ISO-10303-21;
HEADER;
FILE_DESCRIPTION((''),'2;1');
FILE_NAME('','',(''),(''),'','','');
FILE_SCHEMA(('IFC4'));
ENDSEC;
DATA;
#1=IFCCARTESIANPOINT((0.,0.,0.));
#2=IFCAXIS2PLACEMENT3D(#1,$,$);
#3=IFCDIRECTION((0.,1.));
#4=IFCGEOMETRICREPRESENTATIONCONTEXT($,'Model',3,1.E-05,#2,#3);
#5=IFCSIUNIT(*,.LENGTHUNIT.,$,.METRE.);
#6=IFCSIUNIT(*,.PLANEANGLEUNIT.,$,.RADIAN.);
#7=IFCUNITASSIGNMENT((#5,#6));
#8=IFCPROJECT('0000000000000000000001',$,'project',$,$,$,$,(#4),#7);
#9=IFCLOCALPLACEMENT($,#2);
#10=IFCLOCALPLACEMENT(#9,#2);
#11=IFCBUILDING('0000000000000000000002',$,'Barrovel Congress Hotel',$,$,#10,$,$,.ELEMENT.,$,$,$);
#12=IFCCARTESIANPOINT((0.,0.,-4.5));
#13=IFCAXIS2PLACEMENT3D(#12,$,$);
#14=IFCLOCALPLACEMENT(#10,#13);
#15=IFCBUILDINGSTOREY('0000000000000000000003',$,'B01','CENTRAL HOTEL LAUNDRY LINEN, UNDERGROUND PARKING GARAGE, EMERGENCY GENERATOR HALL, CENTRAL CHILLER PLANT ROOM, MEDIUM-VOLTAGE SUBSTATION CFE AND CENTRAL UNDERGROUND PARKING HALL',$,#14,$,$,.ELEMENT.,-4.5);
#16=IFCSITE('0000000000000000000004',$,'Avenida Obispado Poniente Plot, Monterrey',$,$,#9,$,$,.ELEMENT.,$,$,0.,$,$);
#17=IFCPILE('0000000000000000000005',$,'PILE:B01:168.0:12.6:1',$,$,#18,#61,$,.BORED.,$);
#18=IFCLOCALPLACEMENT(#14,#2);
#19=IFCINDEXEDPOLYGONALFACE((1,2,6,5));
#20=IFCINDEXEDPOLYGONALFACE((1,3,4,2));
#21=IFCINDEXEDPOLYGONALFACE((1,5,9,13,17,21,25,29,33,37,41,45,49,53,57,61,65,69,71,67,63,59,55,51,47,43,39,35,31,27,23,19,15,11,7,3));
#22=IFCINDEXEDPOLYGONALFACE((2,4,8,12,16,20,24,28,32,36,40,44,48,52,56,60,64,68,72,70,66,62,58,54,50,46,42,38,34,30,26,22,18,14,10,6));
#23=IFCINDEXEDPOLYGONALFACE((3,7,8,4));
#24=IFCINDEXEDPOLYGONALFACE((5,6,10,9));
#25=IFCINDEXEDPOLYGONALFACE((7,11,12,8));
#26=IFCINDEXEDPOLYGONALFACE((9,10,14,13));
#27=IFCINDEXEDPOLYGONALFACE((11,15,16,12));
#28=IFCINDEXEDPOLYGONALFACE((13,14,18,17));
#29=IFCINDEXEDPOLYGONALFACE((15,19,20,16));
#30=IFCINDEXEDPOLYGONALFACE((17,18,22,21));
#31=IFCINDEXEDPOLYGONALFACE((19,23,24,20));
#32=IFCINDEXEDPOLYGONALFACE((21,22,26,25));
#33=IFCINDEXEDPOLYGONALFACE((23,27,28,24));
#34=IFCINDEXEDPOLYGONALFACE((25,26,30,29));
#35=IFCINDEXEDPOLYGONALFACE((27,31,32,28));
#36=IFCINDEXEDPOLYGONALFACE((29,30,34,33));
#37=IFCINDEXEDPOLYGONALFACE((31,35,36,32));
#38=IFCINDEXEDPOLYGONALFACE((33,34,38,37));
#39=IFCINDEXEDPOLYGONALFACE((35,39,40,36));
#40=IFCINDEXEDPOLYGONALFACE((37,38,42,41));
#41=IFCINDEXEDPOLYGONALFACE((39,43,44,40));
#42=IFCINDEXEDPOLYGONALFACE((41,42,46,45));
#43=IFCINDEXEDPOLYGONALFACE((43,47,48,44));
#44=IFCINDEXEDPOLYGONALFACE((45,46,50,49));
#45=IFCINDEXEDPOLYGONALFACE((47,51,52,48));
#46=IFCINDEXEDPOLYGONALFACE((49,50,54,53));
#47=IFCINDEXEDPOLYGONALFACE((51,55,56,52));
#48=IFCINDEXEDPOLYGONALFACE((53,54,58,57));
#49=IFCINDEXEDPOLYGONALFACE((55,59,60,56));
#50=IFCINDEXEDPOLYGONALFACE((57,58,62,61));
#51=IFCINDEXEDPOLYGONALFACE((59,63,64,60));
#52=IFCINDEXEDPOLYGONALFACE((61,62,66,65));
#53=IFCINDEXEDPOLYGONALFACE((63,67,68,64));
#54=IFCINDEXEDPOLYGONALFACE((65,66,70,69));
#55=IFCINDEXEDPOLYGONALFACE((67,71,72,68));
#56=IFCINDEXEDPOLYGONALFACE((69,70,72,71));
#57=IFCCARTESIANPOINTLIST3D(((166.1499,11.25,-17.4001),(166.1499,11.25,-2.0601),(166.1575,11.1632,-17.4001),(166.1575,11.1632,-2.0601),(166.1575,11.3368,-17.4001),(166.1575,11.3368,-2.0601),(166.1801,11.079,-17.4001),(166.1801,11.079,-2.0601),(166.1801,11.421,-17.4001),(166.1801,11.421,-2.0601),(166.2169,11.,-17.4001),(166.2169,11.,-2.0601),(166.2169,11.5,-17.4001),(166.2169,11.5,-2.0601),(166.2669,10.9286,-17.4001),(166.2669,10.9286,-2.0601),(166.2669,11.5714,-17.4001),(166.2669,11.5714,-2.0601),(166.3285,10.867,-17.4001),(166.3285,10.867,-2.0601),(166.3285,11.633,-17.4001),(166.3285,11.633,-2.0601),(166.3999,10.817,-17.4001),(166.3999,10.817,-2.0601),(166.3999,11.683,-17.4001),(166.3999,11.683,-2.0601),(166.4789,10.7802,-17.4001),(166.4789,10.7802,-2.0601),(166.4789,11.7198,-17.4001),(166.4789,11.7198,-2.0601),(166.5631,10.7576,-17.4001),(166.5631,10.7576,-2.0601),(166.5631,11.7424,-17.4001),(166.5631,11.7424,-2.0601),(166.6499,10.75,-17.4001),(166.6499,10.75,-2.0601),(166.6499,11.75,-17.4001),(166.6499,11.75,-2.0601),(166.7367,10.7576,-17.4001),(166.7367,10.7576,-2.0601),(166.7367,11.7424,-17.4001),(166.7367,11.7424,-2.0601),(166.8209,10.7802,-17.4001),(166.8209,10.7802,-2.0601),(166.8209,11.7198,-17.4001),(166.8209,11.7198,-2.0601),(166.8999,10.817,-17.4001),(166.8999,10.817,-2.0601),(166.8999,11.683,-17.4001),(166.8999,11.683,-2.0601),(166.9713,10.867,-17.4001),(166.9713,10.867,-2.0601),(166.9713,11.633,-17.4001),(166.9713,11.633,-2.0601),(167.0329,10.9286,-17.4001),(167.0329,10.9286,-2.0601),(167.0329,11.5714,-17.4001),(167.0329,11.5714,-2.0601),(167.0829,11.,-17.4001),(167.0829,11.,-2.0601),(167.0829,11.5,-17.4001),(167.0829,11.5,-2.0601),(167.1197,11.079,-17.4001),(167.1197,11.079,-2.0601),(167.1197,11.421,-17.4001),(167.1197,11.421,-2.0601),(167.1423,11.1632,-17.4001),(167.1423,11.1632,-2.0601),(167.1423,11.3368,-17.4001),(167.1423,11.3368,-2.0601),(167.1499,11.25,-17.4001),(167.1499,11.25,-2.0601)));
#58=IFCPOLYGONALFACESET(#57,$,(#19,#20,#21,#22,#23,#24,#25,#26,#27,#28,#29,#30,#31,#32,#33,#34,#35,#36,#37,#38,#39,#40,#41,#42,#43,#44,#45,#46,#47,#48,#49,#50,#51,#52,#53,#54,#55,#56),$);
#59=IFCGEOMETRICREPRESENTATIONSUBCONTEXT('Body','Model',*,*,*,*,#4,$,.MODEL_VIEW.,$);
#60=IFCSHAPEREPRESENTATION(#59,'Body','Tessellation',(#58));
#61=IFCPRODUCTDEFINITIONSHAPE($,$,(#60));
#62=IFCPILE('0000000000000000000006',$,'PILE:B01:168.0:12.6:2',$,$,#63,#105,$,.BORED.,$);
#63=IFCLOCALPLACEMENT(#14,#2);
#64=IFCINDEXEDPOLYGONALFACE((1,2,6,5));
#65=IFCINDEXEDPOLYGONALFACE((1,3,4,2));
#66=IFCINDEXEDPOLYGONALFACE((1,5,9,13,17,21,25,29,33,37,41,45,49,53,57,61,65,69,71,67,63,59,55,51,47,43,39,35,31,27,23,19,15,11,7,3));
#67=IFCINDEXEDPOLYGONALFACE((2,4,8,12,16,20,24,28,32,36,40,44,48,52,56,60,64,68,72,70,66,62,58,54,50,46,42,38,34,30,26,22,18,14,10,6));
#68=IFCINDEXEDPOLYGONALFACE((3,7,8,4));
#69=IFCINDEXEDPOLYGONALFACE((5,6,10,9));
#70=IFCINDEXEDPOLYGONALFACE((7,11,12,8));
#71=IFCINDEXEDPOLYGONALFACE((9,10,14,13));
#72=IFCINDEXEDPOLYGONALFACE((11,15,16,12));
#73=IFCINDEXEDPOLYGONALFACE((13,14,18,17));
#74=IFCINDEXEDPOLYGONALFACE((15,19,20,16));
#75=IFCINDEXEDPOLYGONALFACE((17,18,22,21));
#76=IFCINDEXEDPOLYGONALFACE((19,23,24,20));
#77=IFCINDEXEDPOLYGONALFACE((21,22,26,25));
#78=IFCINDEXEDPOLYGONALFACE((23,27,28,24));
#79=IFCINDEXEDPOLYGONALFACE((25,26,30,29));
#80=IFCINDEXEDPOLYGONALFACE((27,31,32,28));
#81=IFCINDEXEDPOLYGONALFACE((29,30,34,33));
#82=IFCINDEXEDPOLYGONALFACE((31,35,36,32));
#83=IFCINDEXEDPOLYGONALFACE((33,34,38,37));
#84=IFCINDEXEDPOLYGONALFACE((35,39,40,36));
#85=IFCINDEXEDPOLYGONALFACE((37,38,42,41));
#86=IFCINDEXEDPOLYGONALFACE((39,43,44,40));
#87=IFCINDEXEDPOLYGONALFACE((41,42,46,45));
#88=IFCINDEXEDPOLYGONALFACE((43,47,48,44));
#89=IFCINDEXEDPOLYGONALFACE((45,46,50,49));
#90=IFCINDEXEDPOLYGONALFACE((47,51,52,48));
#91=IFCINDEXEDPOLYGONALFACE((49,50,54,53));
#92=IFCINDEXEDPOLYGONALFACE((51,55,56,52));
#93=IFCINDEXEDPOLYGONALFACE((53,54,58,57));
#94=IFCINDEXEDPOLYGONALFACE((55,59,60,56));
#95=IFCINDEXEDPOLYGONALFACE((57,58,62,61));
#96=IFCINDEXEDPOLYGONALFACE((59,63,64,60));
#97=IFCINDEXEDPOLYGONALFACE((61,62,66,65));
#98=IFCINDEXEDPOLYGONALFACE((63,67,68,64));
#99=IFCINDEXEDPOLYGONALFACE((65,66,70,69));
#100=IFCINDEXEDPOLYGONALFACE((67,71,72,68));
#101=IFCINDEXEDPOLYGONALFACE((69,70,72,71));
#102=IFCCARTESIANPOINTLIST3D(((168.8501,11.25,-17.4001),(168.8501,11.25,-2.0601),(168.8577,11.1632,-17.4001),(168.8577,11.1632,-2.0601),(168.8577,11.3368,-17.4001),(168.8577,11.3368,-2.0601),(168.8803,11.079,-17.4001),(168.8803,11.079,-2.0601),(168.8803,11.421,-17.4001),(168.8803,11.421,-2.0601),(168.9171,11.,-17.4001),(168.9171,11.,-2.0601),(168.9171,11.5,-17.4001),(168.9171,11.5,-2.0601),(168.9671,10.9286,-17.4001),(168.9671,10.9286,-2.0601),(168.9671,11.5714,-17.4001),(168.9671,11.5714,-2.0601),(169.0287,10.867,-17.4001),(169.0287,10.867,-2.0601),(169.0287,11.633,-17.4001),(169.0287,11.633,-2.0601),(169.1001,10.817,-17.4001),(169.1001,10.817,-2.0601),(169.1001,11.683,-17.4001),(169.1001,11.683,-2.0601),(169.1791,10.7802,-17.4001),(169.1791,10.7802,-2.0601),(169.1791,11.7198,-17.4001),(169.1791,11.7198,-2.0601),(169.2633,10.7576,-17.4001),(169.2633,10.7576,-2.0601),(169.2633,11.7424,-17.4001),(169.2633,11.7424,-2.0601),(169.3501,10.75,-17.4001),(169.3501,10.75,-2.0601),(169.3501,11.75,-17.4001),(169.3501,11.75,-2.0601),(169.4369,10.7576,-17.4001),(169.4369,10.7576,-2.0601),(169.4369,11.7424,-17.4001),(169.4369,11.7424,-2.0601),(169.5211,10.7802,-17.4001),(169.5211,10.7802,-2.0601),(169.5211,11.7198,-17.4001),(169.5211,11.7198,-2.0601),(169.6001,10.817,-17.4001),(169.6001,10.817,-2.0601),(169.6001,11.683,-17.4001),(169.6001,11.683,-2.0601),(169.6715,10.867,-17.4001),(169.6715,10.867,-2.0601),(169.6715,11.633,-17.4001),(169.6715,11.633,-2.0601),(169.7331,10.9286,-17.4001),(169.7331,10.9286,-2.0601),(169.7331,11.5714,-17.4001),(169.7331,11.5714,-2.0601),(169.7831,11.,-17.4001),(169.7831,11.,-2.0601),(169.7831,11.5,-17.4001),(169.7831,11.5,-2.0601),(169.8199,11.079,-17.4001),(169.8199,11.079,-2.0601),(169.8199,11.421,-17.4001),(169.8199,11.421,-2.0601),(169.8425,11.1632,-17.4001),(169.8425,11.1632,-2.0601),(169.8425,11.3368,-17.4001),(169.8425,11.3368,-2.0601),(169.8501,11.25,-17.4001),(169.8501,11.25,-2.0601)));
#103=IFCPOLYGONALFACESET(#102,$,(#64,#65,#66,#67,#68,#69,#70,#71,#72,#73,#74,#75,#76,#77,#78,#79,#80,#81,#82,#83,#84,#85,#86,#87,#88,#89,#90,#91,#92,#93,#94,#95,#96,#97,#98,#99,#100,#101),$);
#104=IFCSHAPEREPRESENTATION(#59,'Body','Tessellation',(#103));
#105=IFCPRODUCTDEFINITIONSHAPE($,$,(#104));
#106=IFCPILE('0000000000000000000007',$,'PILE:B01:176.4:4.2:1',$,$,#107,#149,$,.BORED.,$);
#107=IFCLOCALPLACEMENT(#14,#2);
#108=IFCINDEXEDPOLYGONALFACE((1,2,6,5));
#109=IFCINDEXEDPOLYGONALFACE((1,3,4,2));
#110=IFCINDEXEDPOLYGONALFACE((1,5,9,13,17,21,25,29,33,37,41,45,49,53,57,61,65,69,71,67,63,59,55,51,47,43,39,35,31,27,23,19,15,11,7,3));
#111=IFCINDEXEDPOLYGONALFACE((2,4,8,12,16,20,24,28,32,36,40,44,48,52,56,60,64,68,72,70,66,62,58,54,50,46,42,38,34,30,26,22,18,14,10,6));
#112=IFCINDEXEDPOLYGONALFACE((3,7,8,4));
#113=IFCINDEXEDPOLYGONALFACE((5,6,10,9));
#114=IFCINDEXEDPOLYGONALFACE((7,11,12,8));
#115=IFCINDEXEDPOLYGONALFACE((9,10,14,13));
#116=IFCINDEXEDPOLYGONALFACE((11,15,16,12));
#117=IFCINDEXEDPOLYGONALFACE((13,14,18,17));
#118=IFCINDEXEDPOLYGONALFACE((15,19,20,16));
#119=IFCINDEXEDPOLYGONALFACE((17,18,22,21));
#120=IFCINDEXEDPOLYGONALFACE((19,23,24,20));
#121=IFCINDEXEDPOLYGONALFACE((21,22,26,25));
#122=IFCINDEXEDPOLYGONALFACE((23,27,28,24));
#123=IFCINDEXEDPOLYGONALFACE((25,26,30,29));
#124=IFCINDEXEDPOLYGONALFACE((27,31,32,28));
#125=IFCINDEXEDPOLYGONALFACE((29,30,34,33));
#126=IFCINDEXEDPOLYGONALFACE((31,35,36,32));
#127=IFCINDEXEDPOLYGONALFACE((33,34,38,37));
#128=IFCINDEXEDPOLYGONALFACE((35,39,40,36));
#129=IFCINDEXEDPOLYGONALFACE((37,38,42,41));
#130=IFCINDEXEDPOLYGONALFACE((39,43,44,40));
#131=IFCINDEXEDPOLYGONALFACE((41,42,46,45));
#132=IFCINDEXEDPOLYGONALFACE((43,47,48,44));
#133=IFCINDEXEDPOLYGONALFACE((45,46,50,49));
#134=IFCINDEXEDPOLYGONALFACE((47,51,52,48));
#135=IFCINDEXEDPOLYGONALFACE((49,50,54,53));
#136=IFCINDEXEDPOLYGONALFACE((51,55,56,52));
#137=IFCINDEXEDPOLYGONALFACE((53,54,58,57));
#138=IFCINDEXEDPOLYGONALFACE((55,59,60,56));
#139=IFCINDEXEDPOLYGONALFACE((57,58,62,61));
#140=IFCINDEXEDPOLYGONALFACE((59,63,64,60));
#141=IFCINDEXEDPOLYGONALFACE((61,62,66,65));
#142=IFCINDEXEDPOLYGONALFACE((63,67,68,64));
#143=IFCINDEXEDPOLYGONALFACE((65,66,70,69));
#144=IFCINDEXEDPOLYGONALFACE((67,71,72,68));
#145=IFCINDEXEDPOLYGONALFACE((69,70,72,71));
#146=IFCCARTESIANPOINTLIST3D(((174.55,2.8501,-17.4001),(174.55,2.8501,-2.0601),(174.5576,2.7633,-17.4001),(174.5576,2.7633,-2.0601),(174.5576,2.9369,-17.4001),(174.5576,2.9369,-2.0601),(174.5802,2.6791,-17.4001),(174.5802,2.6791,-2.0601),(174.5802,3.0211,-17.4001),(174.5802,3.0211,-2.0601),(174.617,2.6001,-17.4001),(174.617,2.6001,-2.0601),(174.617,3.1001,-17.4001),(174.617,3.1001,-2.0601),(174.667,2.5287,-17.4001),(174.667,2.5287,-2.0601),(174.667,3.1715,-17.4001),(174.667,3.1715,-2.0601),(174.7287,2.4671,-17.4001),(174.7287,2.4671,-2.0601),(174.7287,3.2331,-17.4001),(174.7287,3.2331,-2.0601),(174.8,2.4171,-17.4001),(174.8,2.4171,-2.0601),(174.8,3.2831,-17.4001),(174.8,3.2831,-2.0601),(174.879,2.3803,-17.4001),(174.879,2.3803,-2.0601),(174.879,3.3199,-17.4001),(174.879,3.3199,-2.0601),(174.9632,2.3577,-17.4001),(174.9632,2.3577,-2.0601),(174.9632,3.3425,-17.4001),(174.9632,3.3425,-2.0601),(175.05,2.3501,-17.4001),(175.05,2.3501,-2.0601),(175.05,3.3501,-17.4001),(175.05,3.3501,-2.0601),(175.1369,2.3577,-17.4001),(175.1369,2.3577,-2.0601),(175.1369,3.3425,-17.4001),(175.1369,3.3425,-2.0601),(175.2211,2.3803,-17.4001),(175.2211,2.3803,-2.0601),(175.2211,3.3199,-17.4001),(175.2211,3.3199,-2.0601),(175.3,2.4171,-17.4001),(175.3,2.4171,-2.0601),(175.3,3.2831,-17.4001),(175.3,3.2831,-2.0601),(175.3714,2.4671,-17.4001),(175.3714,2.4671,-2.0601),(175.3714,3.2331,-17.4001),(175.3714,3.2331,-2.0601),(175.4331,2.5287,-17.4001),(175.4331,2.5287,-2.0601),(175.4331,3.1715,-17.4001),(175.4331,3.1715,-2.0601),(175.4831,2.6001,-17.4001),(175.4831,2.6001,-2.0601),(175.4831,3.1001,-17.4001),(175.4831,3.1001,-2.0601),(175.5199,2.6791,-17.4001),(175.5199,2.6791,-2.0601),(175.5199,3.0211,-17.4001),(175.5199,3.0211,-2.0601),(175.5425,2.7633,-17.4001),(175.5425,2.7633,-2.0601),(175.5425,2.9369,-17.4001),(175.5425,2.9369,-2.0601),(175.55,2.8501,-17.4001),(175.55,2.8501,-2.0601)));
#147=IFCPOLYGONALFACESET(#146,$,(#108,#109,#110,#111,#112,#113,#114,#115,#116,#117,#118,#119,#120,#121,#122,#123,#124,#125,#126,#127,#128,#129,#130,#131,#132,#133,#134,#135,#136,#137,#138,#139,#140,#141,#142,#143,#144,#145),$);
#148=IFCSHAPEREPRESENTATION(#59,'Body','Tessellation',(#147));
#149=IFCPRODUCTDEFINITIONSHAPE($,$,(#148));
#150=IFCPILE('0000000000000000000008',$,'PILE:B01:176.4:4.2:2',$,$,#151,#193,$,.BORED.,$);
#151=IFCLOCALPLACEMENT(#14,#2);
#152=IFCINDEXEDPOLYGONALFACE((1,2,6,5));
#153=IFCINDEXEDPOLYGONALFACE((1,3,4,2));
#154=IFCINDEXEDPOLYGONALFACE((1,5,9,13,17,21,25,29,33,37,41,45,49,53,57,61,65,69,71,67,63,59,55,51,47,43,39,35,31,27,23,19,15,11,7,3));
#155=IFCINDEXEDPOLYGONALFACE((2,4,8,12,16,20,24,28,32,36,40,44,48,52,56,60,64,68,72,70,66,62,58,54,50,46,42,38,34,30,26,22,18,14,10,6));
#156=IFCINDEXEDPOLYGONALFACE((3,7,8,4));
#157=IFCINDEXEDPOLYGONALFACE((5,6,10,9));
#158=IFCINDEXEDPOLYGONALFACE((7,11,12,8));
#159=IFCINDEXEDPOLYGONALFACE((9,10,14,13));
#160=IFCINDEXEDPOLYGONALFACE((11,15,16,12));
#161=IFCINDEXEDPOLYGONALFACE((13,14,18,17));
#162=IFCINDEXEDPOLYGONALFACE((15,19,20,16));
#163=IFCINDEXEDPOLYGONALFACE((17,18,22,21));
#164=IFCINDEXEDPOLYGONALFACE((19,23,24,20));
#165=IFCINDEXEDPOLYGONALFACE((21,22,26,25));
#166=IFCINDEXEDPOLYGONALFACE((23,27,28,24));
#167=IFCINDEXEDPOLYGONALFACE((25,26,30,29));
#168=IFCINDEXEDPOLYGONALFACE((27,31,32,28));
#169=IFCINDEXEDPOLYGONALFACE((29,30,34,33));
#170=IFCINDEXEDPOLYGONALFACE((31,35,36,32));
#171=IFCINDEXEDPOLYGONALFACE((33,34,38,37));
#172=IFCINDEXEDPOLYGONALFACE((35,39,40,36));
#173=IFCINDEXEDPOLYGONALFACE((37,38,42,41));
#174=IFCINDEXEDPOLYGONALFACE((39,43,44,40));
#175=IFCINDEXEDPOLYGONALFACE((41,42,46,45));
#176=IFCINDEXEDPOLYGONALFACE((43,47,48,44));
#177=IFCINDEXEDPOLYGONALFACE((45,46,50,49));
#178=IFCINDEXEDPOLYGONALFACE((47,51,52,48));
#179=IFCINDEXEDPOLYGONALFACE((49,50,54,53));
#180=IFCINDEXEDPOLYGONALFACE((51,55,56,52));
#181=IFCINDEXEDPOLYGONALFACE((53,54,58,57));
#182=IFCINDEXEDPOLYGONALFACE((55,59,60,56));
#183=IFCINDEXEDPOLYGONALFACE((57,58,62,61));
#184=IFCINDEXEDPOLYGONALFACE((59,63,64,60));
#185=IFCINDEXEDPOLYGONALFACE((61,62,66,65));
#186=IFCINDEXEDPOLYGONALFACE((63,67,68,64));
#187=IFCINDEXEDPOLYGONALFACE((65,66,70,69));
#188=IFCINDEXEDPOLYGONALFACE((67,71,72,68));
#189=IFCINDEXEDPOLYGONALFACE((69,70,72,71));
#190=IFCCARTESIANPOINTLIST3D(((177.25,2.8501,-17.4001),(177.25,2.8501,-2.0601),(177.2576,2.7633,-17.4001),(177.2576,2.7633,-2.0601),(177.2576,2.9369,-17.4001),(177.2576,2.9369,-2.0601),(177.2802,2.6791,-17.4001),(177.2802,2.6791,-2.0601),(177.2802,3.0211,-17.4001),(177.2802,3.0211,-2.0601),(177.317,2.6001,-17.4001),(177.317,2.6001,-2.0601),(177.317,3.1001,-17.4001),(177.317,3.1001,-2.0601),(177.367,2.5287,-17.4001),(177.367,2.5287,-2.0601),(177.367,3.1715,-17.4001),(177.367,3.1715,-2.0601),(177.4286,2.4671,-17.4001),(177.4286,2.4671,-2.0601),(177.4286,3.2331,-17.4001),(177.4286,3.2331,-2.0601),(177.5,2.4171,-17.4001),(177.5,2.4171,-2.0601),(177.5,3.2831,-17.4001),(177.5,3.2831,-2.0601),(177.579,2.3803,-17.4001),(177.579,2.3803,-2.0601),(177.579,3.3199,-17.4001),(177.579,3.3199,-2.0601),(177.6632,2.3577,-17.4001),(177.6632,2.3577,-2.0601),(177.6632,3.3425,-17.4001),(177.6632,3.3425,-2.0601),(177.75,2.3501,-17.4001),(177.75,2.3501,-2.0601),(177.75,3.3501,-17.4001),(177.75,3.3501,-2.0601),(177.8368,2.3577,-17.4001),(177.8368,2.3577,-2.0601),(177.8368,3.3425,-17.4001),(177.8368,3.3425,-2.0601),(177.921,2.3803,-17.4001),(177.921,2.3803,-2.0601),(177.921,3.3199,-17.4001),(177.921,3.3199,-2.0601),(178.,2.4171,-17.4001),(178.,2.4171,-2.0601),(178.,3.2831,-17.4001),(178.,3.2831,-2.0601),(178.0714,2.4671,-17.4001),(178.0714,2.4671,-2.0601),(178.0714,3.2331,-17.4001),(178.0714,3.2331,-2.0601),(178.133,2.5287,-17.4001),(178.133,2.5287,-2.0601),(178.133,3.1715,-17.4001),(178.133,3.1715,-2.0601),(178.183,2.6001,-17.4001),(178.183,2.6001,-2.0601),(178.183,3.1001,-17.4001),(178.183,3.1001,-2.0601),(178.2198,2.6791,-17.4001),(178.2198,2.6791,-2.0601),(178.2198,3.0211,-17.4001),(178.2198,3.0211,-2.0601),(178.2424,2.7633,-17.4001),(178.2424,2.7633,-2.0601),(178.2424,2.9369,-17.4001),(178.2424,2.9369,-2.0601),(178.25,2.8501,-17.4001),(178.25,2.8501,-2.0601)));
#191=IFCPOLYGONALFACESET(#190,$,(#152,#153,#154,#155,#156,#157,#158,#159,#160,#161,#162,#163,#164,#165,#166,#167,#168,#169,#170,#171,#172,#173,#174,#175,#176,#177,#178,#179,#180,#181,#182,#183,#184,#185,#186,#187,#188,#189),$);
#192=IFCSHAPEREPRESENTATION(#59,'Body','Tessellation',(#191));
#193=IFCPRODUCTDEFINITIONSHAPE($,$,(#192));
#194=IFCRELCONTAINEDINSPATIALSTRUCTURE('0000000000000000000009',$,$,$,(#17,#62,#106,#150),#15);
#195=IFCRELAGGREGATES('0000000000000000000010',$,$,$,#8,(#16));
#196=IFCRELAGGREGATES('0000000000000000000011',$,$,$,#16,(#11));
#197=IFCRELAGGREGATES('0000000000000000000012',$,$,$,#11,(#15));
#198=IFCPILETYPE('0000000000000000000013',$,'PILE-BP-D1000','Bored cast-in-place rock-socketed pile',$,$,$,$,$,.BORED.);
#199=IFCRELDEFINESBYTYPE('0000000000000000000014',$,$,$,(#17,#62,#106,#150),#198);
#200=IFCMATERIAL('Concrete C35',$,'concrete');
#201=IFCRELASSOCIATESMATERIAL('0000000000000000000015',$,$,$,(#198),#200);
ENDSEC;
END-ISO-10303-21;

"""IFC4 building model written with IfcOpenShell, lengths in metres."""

from ifc_helpers import new_model, si_unit, direction, frame, origin, origin_2d, place, context, subcontext, project, spatial, circle, extrude, material, material_profile, profile_set, type_object, element, save


model = new_model("IFC4")

# Units and contexts
model_context = context("Model", 3, precision=1e-05, world=origin(), true_north=direction((0.0, 1.0)))
body_context = subcontext(model_context, "Body", "Model", "MODEL_VIEW")
ifc_project = project(units=[si_unit("LENGTHUNIT", "METRE"), si_unit("PLANEANGLEUNIT", "RADIAN")], contexts=[model_context])

# Site, building, storey
site_placement = place(None, origin())
site = spatial("IfcSite", under=ifc_project, at=site_placement, Name="Avenida Obispado Poniente Plot, Monterrey", CompositionType="ELEMENT", RefElevation=0.0)
building_placement = place(site_placement, origin())
building = spatial("IfcBuilding", under=site, at=building_placement, Name="Barrovel Congress Hotel", CompositionType="ELEMENT")
storey_placement = place(building_placement, frame((0.0, 0.0, -4.5)))
storey = spatial("IfcBuildingStorey", under=building, at=storey_placement, Name="B01", Description="CENTRAL HOTEL LAUNDRY LINEN, UNDERGROUND PARKING GARAGE, EMERGENCY GENERATOR HALL, CENTRAL CHILLER PLANT ROOM, MEDIUM-VOLTAGE SUBSTATION CFE AND CENTRAL UNDERGROUND PARKING HALL", CompositionType="ELEMENT", Elevation=-4.5)

# Piles
ifc_material_1 = material(Name="Concrete C35", Category="concrete")
ifc_material_profile_1 = material_profile(ifc_material_1, circle(Radius=0.5, at=origin_2d()), Name="BP-D1000")
ifc_profile_set_1 = profile_set([ifc_material_profile_1], Name="Concrete C35")
pile_type = type_object("IfcPileType", Name="PILE-BP-D1000", Description="Bored cast-in-place rock-socketed pile", PredefinedType="BORED", material=ifc_profile_set_1)
for number, where, z_axis, x_axis, name in (
    (1, (166.6499, 11.25, -2.0601), (0.0, 0.0, -1.0), (1.0, 0.0, 0.0), "PILE:B01:168.0:12.6:1"),
    (2, (169.3501, 11.25, -2.0601), (0.0, 0.0, -1.0), (1.0, 0.0, 0.0), "PILE:B01:168.0:12.6:2"),
    (3, (175.05, 2.8501, -2.0601), (0.0, 0.0, -1.0), (1.0, 0.0, 0.0), "PILE:B01:176.4:4.2:1"),
    (4, (177.75, 2.8501, -2.0601), (0.0, 0.0, -1.0), (1.0, 0.0, 0.0), "PILE:B01:176.4:4.2:2"),
):
    element("IfcPile", number, at=place(storey_placement, frame(where, z_axis=z_axis, x_axis=x_axis)), inside=storey, type_object=pile_type, Name=name, PredefinedType="BORED", context=body_context, shape_type="SweptSolid", body=[
        extrude(circle(Radius=0.5, at=origin_2d()), origin(), (0.0, 0.0, 1.0), 15.3401),
    ])

save(model, "model.ifc")
